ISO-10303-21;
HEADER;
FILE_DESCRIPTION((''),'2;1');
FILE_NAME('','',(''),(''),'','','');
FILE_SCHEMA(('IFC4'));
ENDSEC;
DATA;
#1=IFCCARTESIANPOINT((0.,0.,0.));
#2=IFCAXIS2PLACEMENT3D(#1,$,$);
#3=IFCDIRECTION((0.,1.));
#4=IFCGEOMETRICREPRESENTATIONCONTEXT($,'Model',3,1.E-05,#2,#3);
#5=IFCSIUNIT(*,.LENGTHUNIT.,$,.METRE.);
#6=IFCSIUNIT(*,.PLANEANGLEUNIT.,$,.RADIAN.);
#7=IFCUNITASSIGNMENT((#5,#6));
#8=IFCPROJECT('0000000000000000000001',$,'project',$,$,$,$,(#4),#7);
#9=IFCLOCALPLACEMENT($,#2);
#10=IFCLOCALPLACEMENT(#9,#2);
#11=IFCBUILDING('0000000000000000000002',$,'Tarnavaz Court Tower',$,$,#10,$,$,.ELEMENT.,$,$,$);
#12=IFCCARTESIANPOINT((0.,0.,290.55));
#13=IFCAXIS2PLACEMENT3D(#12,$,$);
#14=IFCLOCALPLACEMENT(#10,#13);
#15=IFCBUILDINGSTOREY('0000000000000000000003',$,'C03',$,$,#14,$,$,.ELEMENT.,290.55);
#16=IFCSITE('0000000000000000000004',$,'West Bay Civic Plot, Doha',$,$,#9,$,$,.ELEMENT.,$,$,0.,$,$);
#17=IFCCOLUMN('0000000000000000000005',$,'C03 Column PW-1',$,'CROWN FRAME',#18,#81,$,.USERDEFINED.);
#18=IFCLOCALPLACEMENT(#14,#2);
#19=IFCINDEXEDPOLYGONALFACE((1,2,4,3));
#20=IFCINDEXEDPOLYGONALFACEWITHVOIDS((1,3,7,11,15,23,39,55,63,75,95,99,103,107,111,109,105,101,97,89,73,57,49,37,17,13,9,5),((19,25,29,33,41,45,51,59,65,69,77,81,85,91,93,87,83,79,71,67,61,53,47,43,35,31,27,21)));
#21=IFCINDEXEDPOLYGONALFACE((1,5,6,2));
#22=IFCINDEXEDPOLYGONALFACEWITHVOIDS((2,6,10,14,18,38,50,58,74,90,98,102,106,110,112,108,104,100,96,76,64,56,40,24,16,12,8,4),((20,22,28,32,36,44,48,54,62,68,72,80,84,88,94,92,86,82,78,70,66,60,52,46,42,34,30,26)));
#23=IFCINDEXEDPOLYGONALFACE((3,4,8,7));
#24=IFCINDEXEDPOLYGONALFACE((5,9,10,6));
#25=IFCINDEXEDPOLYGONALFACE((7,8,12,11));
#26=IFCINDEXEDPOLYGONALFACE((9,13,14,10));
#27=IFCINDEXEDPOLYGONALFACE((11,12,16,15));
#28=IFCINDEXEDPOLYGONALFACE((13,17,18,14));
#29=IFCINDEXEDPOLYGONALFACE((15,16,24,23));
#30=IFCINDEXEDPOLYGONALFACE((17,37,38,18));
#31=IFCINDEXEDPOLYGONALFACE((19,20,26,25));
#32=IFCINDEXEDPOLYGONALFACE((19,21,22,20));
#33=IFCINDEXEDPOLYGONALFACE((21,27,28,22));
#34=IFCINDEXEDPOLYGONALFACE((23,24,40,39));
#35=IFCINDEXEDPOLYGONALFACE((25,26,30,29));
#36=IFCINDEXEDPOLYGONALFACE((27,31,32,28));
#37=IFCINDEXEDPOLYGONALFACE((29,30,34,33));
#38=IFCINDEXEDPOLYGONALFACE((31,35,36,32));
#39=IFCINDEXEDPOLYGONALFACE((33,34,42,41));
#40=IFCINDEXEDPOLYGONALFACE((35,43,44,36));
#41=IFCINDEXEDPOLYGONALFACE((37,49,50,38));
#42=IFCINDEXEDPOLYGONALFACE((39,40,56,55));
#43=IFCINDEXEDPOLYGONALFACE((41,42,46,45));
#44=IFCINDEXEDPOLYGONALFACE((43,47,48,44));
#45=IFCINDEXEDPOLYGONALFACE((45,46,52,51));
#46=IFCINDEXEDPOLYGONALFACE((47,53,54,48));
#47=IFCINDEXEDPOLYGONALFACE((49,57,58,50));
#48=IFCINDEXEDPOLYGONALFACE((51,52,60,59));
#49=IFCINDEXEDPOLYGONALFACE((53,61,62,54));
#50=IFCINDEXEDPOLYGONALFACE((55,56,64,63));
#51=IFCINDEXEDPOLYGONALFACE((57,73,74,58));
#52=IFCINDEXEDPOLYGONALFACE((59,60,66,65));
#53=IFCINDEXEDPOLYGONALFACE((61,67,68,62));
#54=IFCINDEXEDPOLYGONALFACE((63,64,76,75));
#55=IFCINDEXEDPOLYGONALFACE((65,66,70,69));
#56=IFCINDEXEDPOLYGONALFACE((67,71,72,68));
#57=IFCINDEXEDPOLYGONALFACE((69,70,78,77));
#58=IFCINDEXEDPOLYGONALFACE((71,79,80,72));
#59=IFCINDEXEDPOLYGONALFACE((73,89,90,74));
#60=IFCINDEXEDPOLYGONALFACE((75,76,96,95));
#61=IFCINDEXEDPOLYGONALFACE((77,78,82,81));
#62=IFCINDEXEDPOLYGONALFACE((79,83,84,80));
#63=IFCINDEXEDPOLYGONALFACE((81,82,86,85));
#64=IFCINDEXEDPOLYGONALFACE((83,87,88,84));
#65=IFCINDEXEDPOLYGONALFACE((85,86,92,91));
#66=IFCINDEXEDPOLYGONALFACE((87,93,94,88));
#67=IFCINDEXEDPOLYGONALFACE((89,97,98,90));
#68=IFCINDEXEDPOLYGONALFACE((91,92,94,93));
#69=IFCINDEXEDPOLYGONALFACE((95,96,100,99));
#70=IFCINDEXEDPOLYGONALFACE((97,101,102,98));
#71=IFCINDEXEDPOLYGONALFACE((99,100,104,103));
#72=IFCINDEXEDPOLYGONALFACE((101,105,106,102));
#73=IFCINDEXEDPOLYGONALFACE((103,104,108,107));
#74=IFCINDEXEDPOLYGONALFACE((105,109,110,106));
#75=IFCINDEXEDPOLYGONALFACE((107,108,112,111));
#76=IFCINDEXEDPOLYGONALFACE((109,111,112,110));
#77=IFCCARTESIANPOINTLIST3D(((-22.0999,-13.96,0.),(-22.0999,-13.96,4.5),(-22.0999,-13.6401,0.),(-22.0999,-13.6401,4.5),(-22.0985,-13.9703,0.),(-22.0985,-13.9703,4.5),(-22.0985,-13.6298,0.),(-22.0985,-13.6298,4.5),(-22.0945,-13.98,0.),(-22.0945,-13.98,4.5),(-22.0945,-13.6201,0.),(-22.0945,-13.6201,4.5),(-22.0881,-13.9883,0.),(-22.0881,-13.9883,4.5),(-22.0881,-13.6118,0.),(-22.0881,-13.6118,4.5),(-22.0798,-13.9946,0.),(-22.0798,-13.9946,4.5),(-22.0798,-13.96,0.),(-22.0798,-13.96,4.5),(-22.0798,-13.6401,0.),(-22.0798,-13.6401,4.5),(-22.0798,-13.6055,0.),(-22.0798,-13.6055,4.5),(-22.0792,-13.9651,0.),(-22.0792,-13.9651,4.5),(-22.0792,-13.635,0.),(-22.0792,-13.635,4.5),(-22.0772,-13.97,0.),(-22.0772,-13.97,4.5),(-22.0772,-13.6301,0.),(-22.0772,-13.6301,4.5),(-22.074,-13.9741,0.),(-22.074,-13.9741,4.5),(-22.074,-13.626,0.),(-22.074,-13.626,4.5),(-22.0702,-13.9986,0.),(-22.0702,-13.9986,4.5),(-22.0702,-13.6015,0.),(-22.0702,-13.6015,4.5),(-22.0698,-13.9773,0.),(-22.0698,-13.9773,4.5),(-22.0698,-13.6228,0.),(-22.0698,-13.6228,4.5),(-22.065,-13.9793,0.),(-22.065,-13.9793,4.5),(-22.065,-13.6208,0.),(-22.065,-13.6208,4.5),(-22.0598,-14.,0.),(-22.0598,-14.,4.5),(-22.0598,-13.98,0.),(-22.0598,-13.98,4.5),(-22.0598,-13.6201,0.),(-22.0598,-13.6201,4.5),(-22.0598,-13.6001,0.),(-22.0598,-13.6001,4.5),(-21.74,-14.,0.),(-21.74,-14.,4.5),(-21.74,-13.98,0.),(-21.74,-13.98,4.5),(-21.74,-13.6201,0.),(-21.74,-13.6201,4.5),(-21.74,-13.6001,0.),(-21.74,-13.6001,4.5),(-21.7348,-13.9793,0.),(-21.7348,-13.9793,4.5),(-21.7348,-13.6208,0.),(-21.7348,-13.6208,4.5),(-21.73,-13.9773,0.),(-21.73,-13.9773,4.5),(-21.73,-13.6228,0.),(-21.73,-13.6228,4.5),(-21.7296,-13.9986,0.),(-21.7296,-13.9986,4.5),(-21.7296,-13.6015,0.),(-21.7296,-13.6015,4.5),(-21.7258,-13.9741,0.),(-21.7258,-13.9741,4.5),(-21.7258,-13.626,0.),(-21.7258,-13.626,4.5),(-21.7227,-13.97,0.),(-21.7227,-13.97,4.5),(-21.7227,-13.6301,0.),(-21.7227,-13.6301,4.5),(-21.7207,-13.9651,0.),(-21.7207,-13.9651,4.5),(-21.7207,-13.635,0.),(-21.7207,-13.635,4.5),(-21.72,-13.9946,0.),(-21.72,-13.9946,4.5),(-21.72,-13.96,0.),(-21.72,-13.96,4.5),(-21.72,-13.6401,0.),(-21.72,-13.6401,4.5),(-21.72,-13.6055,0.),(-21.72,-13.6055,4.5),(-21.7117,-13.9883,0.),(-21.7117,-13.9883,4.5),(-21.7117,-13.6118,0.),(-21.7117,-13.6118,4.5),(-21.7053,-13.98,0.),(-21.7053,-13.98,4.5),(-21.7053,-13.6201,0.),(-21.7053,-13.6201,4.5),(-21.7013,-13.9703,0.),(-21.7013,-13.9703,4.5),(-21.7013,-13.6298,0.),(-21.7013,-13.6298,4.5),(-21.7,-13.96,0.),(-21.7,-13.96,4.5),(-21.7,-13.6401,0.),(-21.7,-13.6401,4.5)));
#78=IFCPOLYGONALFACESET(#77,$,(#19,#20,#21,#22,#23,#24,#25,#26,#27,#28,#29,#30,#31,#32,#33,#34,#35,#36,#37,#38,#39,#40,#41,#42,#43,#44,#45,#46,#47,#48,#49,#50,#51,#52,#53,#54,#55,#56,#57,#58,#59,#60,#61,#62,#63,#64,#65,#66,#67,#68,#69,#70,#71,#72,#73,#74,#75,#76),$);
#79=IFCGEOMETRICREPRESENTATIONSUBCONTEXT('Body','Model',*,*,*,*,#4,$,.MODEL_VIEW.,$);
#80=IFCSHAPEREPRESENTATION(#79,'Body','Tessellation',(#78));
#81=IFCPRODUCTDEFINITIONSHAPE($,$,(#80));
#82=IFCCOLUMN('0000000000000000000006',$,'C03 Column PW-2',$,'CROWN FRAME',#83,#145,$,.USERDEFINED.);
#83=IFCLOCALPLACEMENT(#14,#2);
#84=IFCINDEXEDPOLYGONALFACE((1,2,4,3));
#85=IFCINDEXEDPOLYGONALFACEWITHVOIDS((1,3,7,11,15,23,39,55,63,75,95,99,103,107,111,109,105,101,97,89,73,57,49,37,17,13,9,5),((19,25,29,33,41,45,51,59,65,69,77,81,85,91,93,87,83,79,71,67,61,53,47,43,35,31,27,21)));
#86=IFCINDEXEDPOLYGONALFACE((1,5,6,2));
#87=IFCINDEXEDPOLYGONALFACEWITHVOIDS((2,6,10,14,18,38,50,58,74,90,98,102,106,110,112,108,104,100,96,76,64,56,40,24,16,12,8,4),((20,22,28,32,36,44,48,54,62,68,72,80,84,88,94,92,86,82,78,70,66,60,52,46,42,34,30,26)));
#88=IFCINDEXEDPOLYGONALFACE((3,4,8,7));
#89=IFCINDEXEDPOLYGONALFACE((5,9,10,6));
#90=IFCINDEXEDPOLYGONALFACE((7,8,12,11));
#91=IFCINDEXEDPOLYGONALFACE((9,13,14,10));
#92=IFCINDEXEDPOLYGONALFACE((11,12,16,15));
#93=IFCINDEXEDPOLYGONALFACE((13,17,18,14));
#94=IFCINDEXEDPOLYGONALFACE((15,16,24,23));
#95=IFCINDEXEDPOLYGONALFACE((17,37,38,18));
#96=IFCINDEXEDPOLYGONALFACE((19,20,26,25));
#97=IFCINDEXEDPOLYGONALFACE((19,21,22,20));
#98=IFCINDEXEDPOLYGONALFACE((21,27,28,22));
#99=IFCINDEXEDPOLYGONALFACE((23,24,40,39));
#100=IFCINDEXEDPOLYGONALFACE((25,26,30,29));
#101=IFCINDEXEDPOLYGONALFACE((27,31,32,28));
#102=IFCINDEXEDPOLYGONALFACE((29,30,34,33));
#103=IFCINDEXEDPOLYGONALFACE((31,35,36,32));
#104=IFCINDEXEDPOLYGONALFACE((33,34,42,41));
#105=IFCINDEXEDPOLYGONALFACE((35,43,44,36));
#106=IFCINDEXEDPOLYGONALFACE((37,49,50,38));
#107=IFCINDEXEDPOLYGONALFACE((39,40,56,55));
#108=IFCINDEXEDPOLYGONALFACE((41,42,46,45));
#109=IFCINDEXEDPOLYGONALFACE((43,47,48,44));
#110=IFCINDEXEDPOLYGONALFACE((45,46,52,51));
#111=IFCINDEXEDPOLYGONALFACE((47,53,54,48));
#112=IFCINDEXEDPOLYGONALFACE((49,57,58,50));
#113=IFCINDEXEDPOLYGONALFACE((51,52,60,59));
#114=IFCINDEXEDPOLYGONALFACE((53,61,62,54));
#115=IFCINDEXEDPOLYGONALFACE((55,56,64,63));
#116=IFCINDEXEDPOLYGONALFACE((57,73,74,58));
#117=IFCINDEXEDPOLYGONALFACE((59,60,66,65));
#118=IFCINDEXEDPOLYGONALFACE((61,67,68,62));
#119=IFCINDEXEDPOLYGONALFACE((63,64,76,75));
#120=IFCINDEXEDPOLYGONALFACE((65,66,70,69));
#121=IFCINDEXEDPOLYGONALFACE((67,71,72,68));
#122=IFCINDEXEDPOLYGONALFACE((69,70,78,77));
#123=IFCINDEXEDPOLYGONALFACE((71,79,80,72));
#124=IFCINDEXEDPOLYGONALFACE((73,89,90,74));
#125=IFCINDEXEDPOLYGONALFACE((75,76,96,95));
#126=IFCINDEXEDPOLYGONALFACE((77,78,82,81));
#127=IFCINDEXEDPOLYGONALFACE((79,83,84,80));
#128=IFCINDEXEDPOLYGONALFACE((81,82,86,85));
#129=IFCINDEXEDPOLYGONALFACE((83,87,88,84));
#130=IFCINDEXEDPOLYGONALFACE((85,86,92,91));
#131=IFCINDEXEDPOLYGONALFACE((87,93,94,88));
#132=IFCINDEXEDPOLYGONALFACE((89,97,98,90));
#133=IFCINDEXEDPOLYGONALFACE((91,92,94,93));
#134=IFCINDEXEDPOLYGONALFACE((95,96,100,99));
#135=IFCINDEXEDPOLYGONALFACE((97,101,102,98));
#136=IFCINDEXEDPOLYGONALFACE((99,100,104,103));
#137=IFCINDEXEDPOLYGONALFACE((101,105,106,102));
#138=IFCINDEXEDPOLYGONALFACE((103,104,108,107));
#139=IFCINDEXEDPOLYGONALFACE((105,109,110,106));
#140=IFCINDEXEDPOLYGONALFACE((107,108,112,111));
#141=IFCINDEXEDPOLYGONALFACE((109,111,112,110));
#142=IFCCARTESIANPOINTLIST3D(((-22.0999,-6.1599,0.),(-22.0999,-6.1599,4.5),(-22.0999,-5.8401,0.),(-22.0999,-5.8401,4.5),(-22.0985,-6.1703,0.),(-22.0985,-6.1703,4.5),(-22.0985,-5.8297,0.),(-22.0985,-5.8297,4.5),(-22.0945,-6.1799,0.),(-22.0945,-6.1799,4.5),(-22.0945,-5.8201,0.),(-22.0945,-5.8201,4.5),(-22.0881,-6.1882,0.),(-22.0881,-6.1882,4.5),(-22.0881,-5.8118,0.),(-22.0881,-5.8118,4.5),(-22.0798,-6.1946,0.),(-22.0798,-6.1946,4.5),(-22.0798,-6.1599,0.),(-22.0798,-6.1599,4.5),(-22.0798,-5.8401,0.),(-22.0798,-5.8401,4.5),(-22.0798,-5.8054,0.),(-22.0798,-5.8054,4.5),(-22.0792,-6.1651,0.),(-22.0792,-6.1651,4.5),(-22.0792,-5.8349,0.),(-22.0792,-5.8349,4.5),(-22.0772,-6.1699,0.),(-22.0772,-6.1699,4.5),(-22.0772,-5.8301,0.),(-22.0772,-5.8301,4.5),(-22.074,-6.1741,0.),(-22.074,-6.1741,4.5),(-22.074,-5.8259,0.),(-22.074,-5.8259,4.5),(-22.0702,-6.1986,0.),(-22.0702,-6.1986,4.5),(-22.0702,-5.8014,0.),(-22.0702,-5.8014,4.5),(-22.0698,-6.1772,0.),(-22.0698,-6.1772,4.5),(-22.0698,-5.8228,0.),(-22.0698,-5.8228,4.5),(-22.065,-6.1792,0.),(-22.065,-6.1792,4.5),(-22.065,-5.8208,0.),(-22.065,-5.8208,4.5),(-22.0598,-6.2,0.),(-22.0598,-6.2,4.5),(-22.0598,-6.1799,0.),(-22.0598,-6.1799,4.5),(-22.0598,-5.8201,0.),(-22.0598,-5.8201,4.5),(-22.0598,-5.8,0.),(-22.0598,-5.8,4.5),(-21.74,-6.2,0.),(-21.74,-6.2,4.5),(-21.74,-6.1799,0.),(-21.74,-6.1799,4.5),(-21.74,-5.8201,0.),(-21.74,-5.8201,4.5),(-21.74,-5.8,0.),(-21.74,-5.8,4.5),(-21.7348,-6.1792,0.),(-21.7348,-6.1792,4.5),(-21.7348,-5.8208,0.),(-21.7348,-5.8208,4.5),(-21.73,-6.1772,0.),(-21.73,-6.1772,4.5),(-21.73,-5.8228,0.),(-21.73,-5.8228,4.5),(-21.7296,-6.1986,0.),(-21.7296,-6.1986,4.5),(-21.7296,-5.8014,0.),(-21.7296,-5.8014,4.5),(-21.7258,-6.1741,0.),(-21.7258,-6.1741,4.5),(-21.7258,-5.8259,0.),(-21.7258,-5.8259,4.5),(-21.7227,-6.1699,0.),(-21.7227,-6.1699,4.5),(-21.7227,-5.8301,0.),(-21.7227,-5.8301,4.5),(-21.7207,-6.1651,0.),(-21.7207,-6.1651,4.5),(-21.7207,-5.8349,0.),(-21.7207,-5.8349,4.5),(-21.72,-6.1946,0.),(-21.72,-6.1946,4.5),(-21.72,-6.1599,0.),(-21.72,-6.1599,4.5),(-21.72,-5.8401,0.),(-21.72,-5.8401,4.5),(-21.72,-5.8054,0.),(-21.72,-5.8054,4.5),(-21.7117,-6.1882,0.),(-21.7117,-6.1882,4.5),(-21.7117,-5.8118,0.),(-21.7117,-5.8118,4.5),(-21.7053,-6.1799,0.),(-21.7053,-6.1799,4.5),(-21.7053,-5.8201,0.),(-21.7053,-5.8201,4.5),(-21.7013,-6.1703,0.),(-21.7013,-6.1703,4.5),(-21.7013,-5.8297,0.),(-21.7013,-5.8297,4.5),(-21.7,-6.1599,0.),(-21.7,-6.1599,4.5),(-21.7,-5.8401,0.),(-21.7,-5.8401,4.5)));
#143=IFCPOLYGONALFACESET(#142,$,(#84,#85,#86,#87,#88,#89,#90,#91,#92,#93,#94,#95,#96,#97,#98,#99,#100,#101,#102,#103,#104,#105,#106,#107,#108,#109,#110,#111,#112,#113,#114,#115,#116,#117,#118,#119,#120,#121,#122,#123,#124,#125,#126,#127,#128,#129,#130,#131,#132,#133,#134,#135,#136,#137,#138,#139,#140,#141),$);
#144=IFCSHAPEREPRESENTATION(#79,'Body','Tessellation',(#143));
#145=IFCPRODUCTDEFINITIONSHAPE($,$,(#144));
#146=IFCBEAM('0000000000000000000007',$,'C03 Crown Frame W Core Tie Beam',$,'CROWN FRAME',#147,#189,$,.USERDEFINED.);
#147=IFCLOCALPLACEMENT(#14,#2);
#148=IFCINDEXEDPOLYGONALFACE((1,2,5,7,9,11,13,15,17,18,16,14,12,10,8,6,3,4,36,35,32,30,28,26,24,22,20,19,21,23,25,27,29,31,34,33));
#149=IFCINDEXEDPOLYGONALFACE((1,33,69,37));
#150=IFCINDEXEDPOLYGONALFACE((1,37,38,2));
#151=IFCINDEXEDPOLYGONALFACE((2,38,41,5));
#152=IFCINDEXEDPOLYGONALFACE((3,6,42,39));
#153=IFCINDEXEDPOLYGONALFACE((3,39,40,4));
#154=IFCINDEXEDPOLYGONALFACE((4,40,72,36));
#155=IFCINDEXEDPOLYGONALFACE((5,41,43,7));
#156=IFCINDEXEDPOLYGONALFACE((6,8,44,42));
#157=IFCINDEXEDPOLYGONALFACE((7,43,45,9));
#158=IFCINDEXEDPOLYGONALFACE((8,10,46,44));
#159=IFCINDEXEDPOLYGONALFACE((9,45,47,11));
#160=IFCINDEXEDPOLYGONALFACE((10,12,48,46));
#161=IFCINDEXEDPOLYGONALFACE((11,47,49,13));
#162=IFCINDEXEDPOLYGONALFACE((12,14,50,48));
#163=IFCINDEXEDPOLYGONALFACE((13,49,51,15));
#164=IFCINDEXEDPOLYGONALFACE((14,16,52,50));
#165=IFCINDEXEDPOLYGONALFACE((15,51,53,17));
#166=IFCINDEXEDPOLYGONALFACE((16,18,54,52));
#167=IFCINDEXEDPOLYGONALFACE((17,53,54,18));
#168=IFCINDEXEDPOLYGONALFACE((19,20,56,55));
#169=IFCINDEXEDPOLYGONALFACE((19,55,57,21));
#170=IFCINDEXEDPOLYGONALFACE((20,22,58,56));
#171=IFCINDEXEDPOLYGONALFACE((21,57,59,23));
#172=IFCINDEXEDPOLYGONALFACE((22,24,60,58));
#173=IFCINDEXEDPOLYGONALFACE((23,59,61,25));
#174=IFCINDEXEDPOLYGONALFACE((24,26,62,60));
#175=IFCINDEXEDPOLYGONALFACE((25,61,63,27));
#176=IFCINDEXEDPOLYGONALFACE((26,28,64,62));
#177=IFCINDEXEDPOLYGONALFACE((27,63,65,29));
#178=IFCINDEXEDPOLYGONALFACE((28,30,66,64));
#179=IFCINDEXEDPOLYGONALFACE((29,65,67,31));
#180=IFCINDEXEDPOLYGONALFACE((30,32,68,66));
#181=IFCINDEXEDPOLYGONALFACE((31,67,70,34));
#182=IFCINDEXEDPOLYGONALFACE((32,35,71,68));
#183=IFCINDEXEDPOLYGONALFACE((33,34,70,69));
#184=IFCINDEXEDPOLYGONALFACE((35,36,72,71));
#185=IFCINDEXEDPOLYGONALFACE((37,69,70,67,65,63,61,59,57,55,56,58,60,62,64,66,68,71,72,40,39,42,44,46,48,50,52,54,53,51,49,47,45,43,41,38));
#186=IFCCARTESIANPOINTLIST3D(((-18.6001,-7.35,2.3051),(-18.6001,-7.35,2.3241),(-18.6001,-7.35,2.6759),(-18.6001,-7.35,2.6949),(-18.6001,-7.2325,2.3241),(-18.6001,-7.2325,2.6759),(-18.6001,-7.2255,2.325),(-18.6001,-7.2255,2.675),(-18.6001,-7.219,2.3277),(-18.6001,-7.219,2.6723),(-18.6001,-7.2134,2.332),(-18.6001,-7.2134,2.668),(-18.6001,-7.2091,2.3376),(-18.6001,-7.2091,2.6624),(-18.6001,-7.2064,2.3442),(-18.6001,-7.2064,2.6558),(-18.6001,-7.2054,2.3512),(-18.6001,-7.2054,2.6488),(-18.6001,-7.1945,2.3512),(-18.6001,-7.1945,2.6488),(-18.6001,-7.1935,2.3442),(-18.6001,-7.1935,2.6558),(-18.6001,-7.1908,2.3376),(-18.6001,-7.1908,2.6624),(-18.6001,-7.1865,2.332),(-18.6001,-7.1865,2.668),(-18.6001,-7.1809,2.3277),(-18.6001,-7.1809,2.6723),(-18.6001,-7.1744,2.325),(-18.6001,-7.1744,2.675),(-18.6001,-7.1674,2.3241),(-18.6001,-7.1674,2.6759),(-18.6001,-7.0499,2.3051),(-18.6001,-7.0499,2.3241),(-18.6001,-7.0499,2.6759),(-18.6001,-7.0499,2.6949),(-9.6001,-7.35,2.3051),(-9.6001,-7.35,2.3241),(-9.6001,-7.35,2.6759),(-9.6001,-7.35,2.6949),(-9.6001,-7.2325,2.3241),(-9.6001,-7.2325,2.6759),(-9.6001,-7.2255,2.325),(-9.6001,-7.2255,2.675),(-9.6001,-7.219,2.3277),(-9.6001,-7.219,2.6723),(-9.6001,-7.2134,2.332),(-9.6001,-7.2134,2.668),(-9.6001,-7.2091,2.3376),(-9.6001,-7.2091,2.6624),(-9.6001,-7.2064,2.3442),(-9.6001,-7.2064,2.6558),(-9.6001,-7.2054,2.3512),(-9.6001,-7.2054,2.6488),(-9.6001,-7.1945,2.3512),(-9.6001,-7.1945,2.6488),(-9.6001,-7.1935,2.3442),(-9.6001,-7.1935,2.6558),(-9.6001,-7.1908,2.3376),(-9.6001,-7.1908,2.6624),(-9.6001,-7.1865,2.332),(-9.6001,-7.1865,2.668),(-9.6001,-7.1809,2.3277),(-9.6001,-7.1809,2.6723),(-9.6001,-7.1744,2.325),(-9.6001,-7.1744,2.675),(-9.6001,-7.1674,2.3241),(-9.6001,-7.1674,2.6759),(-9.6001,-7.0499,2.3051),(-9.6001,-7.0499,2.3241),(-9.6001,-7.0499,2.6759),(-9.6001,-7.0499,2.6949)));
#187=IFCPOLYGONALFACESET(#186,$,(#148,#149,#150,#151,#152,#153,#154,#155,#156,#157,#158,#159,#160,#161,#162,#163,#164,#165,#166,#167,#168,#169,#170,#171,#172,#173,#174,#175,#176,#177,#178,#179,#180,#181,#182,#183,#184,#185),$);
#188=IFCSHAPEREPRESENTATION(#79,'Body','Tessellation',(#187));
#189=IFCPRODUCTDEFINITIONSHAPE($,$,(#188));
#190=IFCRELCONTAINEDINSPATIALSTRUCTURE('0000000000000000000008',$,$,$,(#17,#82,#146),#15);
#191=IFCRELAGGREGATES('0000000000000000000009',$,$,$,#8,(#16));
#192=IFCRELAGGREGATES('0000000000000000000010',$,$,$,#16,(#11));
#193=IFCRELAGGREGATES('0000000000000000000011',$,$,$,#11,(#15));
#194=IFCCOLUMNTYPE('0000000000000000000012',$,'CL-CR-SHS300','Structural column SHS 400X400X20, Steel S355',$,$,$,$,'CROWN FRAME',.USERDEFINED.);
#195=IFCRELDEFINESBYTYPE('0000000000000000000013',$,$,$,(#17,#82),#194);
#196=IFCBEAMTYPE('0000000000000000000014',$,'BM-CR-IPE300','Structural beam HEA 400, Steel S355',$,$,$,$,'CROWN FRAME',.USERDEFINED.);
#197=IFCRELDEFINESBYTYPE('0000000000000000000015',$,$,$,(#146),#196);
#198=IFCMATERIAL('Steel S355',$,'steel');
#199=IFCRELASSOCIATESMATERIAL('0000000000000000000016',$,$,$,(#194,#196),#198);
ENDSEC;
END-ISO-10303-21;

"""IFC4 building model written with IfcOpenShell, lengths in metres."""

from ifc_helpers import new_model, si_unit, direction, frame, origin, origin_2d, place, context, subcontext, project, spatial, hollow_rectangle, i_section, extrude, material, material_profile, profile_set, type_object, element, save


model = new_model("IFC4")

# Units and contexts
model_context = context("Model", 3, precision=1e-05, world=origin(), true_north=direction((0.0, 1.0)))
body_context = subcontext(model_context, "Body", "Model", "MODEL_VIEW")
ifc_project = project(units=[si_unit("LENGTHUNIT", "METRE"), si_unit("PLANEANGLEUNIT", "RADIAN")], contexts=[model_context])

# Site, building, storey
site_placement = place(None, origin())
site = spatial("IfcSite", under=ifc_project, at=site_placement, Name="West Bay Civic Plot, Doha", CompositionType="ELEMENT", RefElevation=0.0)
building_placement = place(site_placement, origin())
building = spatial("IfcBuilding", under=site, at=building_placement, Name="Tarnavaz Court Tower", CompositionType="ELEMENT")
storey_placement = place(building_placement, frame((0.0, 0.0, 290.55)))
storey = spatial("IfcBuildingStorey", under=building, at=storey_placement, Name="C03", CompositionType="ELEMENT", Elevation=290.55)

# Columns
ifc_material_1 = material(Name="Steel S355", Category="steel")
ifc_material_profile_1 = material_profile(ifc_material_1, hollow_rectangle(XDim=0.3999, YDim=0.3999, WallThickness=0.02, InnerFilletRadius=0.02, OuterFilletRadius=0.04, at=origin_2d()), Name="SHS 400X400X20")
ifc_profile_set_1 = profile_set([ifc_material_profile_1], Name="Steel S355")
column_type = type_object("IfcColumnType", Name="CL-CR-SHS300", Description="Structural column SHS 400X400X20, Steel S355", ElementType="CROWN FRAME", PredefinedType="USERDEFINED", material=ifc_profile_set_1)
for number, where, z_axis, x_axis, name in (
    (1, (-21.8999, -13.8, 0.0), (0.0, 0.0, 1.0), (1.0, 0.0, 0.0), "C03 Column PW-1"),
    (2, (-21.8999, -6.0, 0.0), (0.0, 0.0, 1.0), (1.0, 0.0, 0.0), "C03 Column PW-2"),
):
    element("IfcColumn", number, at=place(storey_placement, frame(where, z_axis=z_axis, x_axis=x_axis)), inside=storey, type_object=column_type, Name=name, ObjectType="CROWN FRAME", PredefinedType="USERDEFINED", context=body_context, shape_type="SweptSolid", body=[
        extrude(hollow_rectangle(XDim=0.3999, YDim=0.3999, WallThickness=0.02, InnerFilletRadius=0.02, OuterFilletRadius=0.04, at=origin_2d()), origin(), (0.0, 0.0, 1.0), 4.5),
    ])

# Beam
ifc_material_profile_2 = material_profile(ifc_material_1, i_section(OverallWidth=0.3, OverallDepth=0.3899, WebThickness=0.011, FlangeThickness=0.019, FilletRadius=0.0271, at=origin_2d()), Name="HEA 400")
ifc_profile_set_2 = profile_set([ifc_material_profile_2], Name="Steel S355")
beam_type_1 = type_object("IfcBeamType", Name="BM-CR-IPE300", Description="Structural beam HEA 400, Steel S355", ElementType="CROWN FRAME", PredefinedType="USERDEFINED", material=ifc_profile_set_2)
beam_1_placement = place(storey_placement, frame((-18.6001, -7.2, 2.5), z_axis=(1.0, 0.0, 0.0), x_axis=(0.0, 1.0, 0.0)))
element("IfcBeam", 3, at=beam_1_placement, inside=storey, type_object=beam_type_1, Name="C03 Crown Frame W Core Tie Beam", ObjectType="CROWN FRAME", PredefinedType="USERDEFINED", context=body_context, shape_type="SweptSolid", body=[
    extrude(i_section(OverallWidth=0.3, OverallDepth=0.3899, WebThickness=0.011, FlangeThickness=0.019, FilletRadius=0.0271, at=origin_2d()), origin(), (0.0, 0.0, 1.0), 9.0),
])

save(model, "model.ifc")
